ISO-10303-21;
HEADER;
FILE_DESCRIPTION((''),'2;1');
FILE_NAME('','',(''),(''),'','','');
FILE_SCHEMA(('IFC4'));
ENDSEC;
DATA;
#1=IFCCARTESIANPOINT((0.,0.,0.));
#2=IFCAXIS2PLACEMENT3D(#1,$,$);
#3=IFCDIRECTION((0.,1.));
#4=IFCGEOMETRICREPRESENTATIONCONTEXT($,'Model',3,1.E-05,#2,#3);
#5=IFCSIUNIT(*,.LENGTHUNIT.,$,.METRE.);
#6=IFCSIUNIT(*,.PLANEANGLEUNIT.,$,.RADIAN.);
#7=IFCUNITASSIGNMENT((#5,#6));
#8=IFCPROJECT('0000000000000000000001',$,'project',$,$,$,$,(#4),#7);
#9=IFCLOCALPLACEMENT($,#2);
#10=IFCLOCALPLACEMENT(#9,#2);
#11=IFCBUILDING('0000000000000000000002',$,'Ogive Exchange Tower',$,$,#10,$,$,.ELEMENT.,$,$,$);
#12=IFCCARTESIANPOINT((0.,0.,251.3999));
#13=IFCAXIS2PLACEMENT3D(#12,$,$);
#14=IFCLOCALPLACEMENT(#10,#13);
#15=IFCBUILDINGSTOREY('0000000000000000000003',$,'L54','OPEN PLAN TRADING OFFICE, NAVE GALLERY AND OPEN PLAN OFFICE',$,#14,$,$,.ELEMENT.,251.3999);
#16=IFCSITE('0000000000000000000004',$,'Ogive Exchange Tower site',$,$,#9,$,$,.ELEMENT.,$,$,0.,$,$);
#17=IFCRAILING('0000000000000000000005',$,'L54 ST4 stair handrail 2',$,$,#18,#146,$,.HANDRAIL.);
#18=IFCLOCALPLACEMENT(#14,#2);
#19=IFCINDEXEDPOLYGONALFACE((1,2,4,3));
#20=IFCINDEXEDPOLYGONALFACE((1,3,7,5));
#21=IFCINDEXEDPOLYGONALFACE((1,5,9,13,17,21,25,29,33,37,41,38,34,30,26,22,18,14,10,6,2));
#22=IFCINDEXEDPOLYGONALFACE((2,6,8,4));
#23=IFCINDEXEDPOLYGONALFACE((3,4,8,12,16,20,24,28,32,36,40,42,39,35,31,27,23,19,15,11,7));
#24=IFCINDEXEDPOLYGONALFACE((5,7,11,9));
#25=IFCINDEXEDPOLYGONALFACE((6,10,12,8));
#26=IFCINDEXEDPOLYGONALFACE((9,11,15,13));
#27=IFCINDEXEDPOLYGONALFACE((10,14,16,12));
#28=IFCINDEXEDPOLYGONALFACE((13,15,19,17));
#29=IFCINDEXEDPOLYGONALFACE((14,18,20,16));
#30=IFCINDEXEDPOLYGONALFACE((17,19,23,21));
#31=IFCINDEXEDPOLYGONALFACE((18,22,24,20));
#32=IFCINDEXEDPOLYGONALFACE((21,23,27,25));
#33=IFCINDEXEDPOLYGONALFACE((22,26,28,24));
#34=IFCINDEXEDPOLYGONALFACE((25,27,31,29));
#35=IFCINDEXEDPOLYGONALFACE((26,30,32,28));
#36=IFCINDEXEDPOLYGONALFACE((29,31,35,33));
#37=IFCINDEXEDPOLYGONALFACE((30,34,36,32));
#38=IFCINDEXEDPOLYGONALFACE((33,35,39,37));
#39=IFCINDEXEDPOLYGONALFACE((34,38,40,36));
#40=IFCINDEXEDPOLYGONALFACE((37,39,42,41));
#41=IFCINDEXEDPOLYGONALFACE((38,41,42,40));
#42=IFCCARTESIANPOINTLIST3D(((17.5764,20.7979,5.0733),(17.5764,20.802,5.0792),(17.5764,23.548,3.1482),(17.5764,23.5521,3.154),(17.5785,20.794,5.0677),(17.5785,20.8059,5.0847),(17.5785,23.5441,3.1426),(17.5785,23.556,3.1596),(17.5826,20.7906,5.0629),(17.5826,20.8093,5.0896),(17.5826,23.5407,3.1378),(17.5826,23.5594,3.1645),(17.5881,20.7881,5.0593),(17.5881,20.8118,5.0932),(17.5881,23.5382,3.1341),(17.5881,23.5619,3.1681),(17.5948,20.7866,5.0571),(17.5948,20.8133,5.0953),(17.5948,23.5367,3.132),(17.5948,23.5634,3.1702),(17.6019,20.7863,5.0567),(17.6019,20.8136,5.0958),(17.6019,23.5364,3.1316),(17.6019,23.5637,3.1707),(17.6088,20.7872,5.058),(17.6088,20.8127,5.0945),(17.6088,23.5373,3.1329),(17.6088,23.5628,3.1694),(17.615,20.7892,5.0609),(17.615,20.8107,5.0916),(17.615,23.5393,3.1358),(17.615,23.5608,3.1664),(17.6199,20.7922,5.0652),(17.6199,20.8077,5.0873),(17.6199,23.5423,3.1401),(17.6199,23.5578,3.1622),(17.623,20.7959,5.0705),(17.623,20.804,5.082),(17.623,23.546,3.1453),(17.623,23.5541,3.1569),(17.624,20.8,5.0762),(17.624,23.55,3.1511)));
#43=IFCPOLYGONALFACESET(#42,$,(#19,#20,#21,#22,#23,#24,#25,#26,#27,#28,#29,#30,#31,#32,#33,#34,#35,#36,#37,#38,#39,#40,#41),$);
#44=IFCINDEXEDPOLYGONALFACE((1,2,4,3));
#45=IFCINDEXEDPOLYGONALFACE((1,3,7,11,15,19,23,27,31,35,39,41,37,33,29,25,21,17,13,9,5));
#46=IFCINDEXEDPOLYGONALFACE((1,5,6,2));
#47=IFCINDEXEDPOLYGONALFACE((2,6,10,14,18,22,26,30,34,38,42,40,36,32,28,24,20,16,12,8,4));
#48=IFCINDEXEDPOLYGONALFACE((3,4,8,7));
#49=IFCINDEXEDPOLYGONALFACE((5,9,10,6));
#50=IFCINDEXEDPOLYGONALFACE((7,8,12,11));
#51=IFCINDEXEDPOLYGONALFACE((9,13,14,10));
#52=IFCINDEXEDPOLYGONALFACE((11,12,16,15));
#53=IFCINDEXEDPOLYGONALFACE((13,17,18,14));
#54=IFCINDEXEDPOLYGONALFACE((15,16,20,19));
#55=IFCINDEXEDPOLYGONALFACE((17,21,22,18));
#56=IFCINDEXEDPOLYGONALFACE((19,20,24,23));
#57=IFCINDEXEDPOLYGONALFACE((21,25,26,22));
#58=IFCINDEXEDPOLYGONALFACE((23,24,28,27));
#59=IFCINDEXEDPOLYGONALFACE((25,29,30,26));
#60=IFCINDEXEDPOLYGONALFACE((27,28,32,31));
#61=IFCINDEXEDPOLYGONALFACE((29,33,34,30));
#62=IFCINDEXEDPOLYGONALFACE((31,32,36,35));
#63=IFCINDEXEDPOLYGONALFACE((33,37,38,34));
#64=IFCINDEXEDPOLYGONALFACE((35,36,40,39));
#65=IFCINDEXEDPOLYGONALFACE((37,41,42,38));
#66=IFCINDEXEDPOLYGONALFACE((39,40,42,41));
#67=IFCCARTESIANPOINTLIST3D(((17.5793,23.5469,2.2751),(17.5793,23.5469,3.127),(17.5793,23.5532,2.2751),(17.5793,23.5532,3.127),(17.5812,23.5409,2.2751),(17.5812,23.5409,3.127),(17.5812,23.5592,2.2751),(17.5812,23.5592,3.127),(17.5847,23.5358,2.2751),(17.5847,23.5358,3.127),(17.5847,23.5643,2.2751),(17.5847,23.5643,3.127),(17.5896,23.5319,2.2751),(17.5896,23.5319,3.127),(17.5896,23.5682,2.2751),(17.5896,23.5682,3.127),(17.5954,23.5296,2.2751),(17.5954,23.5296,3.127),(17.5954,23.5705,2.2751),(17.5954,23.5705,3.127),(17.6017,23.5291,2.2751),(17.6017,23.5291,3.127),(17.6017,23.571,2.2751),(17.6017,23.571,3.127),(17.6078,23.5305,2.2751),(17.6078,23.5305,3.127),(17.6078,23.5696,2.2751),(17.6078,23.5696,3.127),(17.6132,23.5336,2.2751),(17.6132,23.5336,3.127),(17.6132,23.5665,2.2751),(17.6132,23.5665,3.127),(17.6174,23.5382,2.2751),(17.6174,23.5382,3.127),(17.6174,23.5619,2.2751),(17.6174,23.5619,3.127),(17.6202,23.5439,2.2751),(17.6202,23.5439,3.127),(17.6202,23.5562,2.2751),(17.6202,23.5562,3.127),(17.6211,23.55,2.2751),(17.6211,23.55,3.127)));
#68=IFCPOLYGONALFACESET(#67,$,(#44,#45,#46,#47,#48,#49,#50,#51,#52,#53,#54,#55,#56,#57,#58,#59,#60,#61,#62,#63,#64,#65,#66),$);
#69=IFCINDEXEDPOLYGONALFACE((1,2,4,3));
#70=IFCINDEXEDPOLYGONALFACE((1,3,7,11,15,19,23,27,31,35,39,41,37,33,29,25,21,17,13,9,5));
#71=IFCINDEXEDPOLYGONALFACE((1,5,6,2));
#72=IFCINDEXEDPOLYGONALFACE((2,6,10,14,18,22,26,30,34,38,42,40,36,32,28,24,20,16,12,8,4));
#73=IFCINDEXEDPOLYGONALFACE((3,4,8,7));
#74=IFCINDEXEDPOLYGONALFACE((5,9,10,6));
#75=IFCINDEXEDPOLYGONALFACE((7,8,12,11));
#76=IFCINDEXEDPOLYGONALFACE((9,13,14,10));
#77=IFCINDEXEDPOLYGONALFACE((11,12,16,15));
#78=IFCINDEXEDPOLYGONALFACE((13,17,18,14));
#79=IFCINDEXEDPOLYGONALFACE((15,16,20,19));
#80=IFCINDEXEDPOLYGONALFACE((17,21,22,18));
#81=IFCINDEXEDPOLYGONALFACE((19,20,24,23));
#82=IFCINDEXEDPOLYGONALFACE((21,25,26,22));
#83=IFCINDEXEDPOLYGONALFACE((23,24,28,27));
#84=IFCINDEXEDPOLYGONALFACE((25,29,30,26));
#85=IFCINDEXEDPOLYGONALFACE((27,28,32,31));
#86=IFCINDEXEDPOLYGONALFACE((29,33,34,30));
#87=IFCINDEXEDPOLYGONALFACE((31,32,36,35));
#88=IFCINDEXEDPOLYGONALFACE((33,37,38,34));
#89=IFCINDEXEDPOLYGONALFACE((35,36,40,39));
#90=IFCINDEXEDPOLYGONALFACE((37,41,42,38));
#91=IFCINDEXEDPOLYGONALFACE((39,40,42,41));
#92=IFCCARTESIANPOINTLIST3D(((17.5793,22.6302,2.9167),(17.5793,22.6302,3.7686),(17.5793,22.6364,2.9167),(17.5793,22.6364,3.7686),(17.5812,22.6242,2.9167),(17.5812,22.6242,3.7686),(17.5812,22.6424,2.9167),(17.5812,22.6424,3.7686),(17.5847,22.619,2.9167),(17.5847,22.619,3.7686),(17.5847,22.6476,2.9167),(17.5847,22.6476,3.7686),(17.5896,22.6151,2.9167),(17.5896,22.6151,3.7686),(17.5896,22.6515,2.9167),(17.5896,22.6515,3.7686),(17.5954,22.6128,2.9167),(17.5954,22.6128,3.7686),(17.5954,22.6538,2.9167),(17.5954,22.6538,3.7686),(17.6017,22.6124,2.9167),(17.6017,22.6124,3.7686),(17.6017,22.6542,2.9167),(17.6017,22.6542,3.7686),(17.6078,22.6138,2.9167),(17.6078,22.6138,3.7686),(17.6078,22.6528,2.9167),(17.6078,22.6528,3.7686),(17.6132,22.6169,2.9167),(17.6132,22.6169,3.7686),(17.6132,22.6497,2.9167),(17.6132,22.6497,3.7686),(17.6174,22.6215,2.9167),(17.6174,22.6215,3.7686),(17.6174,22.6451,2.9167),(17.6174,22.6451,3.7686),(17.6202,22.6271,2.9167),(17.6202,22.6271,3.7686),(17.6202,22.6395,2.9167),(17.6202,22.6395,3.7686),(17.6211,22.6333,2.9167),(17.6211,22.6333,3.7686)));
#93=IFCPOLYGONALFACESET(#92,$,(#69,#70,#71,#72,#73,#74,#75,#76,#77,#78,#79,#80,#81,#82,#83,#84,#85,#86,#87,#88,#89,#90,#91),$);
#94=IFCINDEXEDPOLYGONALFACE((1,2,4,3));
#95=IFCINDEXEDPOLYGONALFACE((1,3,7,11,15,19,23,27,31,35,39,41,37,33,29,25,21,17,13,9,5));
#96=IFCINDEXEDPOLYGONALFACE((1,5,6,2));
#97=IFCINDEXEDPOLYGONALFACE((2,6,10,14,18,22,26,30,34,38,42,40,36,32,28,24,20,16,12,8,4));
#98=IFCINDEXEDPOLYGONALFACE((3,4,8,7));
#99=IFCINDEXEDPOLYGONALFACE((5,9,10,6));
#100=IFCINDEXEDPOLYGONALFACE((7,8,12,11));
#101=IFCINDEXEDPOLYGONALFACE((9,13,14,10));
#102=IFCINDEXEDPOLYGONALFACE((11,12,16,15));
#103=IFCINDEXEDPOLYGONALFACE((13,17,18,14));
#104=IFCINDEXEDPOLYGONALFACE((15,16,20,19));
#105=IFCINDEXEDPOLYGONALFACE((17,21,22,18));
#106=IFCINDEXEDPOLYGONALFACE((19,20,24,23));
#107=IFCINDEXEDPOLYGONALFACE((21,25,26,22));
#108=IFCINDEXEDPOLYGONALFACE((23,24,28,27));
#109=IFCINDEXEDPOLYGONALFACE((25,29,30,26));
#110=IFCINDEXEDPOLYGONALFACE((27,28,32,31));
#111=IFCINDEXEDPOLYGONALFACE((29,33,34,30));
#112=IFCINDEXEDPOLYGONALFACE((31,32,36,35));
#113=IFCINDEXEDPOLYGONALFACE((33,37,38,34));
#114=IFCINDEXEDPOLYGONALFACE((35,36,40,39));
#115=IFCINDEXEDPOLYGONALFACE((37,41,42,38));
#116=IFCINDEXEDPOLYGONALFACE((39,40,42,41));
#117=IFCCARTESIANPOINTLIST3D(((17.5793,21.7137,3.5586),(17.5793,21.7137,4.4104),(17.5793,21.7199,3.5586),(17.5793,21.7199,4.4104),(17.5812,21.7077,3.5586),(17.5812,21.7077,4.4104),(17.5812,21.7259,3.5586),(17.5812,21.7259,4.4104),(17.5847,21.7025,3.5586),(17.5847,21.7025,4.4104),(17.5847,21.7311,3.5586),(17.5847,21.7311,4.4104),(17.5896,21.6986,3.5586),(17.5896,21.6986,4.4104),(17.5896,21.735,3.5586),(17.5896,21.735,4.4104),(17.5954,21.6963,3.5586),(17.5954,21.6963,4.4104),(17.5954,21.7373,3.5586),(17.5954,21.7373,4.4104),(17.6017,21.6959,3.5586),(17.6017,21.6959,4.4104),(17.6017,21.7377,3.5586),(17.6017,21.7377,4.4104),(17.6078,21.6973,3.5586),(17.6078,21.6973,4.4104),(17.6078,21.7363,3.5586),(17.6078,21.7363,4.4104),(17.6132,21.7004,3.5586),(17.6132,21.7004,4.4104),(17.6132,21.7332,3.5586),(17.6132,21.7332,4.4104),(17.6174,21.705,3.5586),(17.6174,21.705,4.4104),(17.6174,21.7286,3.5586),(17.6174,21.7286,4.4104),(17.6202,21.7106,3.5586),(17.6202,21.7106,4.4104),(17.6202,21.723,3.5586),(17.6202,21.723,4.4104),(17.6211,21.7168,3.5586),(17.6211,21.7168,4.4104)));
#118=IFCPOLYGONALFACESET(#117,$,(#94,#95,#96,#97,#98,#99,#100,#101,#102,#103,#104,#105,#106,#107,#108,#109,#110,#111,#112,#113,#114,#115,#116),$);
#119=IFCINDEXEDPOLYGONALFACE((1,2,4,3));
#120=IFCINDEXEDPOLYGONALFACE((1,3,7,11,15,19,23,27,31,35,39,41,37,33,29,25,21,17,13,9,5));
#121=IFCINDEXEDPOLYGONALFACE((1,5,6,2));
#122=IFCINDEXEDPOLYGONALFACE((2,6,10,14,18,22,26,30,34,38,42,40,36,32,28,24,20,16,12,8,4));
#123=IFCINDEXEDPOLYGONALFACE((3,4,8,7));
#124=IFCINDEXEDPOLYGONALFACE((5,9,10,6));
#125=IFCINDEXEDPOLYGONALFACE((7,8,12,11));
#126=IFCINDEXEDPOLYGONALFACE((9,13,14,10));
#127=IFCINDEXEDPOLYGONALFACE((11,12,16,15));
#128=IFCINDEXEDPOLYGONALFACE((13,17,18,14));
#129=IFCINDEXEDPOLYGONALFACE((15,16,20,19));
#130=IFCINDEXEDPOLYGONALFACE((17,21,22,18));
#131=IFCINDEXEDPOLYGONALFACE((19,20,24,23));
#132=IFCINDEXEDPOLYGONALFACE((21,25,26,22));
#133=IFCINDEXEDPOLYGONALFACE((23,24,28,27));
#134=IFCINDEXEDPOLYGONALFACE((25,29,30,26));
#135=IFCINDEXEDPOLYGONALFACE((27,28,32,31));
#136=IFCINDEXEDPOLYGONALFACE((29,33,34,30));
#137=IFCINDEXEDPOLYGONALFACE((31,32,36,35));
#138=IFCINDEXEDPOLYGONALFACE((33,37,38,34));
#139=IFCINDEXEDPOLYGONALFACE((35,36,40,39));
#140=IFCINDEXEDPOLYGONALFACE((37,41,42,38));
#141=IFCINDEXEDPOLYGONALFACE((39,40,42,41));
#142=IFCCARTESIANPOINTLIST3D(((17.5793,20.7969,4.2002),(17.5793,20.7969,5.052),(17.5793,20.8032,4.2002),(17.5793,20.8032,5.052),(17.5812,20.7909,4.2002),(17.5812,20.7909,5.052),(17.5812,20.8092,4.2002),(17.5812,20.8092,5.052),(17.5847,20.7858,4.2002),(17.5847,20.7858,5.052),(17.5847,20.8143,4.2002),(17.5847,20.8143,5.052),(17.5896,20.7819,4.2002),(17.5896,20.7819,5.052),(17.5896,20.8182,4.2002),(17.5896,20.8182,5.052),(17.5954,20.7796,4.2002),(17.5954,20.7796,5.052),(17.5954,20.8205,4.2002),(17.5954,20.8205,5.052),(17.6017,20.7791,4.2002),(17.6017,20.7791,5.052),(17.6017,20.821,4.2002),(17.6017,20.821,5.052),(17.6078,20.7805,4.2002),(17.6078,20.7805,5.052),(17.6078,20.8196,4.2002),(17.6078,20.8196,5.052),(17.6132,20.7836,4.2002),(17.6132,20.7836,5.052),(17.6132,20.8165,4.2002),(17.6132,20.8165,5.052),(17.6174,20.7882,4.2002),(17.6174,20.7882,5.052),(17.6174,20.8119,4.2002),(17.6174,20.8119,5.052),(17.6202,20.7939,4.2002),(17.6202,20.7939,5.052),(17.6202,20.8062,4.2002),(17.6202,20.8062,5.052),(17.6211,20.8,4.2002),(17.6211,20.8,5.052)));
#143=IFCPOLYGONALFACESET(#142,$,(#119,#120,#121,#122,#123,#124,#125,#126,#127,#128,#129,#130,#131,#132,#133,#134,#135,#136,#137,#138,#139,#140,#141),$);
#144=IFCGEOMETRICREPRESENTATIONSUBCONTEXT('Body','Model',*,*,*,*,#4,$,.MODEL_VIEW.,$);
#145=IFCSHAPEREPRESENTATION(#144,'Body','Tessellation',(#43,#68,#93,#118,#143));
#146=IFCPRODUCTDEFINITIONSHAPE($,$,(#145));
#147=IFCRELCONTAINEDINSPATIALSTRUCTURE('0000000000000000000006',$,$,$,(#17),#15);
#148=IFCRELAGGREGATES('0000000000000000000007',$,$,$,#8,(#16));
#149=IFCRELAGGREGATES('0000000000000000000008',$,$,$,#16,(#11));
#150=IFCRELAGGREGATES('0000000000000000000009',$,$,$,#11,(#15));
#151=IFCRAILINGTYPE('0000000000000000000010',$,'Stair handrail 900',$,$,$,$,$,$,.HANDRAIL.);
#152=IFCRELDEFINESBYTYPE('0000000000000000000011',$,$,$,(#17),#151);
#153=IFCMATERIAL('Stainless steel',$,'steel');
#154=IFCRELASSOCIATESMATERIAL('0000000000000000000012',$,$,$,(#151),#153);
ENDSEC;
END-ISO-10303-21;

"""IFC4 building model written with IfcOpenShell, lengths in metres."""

from ifc_helpers import new_model, si_unit, direction, frame, origin, origin_2d, place, context, subcontext, project, spatial, circle, extrude, material, type_object, element, save


model = new_model("IFC4")

# Units and contexts
model_context = context("Model", 3, precision=1e-05, world=origin(), true_north=direction((0.0, 1.0)))
body_context = subcontext(model_context, "Body", "Model", "MODEL_VIEW")
ifc_project = project(units=[si_unit("LENGTHUNIT", "METRE"), si_unit("PLANEANGLEUNIT", "RADIAN")], contexts=[model_context])

# Site, building, storey
site_placement = place(None, origin())
site = spatial("IfcSite", under=ifc_project, at=site_placement, Name="Ogive Exchange Tower site", CompositionType="ELEMENT", RefElevation=0.0)
building_placement = place(site_placement, origin())
building = spatial("IfcBuilding", under=site, at=building_placement, Name="Ogive Exchange Tower", CompositionType="ELEMENT")
storey_placement = place(building_placement, frame((0.0, 0.0, 251.3999)))
storey = spatial("IfcBuildingStorey", under=building, at=storey_placement, Name="L54", Description="OPEN PLAN TRADING OFFICE, NAVE GALLERY AND OPEN PLAN OFFICE", CompositionType="ELEMENT", Elevation=251.3999)

# Railing
ifc_material_1 = material(Name="Stainless steel", Category="steel")
railing_type = type_object("IfcRailingType", Name="Stair handrail 900", PredefinedType="HANDRAIL", material=ifc_material_1)
railing_placement = place(storey_placement, frame((17.6001, 23.55, 2.2751)))
element("IfcRailing", 1, at=railing_placement, inside=storey, type_object=railing_type, Name="L54 ST4 stair handrail 2", PredefinedType="HANDRAIL", context=body_context, shape_type="SweptSolid", body=[
    extrude(circle(Radius=0.0239, at=origin_2d()), frame((0.0, 0.0, 0.876), z_axis=(0.0, -0.819225, 0.573472), x_axis=(1.0, 0.0, 0.0)), (0.0, 0.0, 1.0), 3.3569),
    extrude(circle(Radius=0.021, at=origin_2d()), origin(), (0.0, 0.0, 1.0), 0.8518),
    extrude(circle(Radius=0.021, at=origin_2d()), frame((0.0, -0.9167, 0.6416)), (0.0, 0.0, 1.0), 0.8518),
    extrude(circle(Radius=0.021, at=origin_2d()), frame((0.0, -1.8333, 1.2834)), (0.0, 0.0, 1.0), 0.8518),
    extrude(circle(Radius=0.021, at=origin_2d()), frame((0.0, -2.75, 1.925)), (0.0, 0.0, 1.0), 0.8518),
])

save(model, "model.ifc")
